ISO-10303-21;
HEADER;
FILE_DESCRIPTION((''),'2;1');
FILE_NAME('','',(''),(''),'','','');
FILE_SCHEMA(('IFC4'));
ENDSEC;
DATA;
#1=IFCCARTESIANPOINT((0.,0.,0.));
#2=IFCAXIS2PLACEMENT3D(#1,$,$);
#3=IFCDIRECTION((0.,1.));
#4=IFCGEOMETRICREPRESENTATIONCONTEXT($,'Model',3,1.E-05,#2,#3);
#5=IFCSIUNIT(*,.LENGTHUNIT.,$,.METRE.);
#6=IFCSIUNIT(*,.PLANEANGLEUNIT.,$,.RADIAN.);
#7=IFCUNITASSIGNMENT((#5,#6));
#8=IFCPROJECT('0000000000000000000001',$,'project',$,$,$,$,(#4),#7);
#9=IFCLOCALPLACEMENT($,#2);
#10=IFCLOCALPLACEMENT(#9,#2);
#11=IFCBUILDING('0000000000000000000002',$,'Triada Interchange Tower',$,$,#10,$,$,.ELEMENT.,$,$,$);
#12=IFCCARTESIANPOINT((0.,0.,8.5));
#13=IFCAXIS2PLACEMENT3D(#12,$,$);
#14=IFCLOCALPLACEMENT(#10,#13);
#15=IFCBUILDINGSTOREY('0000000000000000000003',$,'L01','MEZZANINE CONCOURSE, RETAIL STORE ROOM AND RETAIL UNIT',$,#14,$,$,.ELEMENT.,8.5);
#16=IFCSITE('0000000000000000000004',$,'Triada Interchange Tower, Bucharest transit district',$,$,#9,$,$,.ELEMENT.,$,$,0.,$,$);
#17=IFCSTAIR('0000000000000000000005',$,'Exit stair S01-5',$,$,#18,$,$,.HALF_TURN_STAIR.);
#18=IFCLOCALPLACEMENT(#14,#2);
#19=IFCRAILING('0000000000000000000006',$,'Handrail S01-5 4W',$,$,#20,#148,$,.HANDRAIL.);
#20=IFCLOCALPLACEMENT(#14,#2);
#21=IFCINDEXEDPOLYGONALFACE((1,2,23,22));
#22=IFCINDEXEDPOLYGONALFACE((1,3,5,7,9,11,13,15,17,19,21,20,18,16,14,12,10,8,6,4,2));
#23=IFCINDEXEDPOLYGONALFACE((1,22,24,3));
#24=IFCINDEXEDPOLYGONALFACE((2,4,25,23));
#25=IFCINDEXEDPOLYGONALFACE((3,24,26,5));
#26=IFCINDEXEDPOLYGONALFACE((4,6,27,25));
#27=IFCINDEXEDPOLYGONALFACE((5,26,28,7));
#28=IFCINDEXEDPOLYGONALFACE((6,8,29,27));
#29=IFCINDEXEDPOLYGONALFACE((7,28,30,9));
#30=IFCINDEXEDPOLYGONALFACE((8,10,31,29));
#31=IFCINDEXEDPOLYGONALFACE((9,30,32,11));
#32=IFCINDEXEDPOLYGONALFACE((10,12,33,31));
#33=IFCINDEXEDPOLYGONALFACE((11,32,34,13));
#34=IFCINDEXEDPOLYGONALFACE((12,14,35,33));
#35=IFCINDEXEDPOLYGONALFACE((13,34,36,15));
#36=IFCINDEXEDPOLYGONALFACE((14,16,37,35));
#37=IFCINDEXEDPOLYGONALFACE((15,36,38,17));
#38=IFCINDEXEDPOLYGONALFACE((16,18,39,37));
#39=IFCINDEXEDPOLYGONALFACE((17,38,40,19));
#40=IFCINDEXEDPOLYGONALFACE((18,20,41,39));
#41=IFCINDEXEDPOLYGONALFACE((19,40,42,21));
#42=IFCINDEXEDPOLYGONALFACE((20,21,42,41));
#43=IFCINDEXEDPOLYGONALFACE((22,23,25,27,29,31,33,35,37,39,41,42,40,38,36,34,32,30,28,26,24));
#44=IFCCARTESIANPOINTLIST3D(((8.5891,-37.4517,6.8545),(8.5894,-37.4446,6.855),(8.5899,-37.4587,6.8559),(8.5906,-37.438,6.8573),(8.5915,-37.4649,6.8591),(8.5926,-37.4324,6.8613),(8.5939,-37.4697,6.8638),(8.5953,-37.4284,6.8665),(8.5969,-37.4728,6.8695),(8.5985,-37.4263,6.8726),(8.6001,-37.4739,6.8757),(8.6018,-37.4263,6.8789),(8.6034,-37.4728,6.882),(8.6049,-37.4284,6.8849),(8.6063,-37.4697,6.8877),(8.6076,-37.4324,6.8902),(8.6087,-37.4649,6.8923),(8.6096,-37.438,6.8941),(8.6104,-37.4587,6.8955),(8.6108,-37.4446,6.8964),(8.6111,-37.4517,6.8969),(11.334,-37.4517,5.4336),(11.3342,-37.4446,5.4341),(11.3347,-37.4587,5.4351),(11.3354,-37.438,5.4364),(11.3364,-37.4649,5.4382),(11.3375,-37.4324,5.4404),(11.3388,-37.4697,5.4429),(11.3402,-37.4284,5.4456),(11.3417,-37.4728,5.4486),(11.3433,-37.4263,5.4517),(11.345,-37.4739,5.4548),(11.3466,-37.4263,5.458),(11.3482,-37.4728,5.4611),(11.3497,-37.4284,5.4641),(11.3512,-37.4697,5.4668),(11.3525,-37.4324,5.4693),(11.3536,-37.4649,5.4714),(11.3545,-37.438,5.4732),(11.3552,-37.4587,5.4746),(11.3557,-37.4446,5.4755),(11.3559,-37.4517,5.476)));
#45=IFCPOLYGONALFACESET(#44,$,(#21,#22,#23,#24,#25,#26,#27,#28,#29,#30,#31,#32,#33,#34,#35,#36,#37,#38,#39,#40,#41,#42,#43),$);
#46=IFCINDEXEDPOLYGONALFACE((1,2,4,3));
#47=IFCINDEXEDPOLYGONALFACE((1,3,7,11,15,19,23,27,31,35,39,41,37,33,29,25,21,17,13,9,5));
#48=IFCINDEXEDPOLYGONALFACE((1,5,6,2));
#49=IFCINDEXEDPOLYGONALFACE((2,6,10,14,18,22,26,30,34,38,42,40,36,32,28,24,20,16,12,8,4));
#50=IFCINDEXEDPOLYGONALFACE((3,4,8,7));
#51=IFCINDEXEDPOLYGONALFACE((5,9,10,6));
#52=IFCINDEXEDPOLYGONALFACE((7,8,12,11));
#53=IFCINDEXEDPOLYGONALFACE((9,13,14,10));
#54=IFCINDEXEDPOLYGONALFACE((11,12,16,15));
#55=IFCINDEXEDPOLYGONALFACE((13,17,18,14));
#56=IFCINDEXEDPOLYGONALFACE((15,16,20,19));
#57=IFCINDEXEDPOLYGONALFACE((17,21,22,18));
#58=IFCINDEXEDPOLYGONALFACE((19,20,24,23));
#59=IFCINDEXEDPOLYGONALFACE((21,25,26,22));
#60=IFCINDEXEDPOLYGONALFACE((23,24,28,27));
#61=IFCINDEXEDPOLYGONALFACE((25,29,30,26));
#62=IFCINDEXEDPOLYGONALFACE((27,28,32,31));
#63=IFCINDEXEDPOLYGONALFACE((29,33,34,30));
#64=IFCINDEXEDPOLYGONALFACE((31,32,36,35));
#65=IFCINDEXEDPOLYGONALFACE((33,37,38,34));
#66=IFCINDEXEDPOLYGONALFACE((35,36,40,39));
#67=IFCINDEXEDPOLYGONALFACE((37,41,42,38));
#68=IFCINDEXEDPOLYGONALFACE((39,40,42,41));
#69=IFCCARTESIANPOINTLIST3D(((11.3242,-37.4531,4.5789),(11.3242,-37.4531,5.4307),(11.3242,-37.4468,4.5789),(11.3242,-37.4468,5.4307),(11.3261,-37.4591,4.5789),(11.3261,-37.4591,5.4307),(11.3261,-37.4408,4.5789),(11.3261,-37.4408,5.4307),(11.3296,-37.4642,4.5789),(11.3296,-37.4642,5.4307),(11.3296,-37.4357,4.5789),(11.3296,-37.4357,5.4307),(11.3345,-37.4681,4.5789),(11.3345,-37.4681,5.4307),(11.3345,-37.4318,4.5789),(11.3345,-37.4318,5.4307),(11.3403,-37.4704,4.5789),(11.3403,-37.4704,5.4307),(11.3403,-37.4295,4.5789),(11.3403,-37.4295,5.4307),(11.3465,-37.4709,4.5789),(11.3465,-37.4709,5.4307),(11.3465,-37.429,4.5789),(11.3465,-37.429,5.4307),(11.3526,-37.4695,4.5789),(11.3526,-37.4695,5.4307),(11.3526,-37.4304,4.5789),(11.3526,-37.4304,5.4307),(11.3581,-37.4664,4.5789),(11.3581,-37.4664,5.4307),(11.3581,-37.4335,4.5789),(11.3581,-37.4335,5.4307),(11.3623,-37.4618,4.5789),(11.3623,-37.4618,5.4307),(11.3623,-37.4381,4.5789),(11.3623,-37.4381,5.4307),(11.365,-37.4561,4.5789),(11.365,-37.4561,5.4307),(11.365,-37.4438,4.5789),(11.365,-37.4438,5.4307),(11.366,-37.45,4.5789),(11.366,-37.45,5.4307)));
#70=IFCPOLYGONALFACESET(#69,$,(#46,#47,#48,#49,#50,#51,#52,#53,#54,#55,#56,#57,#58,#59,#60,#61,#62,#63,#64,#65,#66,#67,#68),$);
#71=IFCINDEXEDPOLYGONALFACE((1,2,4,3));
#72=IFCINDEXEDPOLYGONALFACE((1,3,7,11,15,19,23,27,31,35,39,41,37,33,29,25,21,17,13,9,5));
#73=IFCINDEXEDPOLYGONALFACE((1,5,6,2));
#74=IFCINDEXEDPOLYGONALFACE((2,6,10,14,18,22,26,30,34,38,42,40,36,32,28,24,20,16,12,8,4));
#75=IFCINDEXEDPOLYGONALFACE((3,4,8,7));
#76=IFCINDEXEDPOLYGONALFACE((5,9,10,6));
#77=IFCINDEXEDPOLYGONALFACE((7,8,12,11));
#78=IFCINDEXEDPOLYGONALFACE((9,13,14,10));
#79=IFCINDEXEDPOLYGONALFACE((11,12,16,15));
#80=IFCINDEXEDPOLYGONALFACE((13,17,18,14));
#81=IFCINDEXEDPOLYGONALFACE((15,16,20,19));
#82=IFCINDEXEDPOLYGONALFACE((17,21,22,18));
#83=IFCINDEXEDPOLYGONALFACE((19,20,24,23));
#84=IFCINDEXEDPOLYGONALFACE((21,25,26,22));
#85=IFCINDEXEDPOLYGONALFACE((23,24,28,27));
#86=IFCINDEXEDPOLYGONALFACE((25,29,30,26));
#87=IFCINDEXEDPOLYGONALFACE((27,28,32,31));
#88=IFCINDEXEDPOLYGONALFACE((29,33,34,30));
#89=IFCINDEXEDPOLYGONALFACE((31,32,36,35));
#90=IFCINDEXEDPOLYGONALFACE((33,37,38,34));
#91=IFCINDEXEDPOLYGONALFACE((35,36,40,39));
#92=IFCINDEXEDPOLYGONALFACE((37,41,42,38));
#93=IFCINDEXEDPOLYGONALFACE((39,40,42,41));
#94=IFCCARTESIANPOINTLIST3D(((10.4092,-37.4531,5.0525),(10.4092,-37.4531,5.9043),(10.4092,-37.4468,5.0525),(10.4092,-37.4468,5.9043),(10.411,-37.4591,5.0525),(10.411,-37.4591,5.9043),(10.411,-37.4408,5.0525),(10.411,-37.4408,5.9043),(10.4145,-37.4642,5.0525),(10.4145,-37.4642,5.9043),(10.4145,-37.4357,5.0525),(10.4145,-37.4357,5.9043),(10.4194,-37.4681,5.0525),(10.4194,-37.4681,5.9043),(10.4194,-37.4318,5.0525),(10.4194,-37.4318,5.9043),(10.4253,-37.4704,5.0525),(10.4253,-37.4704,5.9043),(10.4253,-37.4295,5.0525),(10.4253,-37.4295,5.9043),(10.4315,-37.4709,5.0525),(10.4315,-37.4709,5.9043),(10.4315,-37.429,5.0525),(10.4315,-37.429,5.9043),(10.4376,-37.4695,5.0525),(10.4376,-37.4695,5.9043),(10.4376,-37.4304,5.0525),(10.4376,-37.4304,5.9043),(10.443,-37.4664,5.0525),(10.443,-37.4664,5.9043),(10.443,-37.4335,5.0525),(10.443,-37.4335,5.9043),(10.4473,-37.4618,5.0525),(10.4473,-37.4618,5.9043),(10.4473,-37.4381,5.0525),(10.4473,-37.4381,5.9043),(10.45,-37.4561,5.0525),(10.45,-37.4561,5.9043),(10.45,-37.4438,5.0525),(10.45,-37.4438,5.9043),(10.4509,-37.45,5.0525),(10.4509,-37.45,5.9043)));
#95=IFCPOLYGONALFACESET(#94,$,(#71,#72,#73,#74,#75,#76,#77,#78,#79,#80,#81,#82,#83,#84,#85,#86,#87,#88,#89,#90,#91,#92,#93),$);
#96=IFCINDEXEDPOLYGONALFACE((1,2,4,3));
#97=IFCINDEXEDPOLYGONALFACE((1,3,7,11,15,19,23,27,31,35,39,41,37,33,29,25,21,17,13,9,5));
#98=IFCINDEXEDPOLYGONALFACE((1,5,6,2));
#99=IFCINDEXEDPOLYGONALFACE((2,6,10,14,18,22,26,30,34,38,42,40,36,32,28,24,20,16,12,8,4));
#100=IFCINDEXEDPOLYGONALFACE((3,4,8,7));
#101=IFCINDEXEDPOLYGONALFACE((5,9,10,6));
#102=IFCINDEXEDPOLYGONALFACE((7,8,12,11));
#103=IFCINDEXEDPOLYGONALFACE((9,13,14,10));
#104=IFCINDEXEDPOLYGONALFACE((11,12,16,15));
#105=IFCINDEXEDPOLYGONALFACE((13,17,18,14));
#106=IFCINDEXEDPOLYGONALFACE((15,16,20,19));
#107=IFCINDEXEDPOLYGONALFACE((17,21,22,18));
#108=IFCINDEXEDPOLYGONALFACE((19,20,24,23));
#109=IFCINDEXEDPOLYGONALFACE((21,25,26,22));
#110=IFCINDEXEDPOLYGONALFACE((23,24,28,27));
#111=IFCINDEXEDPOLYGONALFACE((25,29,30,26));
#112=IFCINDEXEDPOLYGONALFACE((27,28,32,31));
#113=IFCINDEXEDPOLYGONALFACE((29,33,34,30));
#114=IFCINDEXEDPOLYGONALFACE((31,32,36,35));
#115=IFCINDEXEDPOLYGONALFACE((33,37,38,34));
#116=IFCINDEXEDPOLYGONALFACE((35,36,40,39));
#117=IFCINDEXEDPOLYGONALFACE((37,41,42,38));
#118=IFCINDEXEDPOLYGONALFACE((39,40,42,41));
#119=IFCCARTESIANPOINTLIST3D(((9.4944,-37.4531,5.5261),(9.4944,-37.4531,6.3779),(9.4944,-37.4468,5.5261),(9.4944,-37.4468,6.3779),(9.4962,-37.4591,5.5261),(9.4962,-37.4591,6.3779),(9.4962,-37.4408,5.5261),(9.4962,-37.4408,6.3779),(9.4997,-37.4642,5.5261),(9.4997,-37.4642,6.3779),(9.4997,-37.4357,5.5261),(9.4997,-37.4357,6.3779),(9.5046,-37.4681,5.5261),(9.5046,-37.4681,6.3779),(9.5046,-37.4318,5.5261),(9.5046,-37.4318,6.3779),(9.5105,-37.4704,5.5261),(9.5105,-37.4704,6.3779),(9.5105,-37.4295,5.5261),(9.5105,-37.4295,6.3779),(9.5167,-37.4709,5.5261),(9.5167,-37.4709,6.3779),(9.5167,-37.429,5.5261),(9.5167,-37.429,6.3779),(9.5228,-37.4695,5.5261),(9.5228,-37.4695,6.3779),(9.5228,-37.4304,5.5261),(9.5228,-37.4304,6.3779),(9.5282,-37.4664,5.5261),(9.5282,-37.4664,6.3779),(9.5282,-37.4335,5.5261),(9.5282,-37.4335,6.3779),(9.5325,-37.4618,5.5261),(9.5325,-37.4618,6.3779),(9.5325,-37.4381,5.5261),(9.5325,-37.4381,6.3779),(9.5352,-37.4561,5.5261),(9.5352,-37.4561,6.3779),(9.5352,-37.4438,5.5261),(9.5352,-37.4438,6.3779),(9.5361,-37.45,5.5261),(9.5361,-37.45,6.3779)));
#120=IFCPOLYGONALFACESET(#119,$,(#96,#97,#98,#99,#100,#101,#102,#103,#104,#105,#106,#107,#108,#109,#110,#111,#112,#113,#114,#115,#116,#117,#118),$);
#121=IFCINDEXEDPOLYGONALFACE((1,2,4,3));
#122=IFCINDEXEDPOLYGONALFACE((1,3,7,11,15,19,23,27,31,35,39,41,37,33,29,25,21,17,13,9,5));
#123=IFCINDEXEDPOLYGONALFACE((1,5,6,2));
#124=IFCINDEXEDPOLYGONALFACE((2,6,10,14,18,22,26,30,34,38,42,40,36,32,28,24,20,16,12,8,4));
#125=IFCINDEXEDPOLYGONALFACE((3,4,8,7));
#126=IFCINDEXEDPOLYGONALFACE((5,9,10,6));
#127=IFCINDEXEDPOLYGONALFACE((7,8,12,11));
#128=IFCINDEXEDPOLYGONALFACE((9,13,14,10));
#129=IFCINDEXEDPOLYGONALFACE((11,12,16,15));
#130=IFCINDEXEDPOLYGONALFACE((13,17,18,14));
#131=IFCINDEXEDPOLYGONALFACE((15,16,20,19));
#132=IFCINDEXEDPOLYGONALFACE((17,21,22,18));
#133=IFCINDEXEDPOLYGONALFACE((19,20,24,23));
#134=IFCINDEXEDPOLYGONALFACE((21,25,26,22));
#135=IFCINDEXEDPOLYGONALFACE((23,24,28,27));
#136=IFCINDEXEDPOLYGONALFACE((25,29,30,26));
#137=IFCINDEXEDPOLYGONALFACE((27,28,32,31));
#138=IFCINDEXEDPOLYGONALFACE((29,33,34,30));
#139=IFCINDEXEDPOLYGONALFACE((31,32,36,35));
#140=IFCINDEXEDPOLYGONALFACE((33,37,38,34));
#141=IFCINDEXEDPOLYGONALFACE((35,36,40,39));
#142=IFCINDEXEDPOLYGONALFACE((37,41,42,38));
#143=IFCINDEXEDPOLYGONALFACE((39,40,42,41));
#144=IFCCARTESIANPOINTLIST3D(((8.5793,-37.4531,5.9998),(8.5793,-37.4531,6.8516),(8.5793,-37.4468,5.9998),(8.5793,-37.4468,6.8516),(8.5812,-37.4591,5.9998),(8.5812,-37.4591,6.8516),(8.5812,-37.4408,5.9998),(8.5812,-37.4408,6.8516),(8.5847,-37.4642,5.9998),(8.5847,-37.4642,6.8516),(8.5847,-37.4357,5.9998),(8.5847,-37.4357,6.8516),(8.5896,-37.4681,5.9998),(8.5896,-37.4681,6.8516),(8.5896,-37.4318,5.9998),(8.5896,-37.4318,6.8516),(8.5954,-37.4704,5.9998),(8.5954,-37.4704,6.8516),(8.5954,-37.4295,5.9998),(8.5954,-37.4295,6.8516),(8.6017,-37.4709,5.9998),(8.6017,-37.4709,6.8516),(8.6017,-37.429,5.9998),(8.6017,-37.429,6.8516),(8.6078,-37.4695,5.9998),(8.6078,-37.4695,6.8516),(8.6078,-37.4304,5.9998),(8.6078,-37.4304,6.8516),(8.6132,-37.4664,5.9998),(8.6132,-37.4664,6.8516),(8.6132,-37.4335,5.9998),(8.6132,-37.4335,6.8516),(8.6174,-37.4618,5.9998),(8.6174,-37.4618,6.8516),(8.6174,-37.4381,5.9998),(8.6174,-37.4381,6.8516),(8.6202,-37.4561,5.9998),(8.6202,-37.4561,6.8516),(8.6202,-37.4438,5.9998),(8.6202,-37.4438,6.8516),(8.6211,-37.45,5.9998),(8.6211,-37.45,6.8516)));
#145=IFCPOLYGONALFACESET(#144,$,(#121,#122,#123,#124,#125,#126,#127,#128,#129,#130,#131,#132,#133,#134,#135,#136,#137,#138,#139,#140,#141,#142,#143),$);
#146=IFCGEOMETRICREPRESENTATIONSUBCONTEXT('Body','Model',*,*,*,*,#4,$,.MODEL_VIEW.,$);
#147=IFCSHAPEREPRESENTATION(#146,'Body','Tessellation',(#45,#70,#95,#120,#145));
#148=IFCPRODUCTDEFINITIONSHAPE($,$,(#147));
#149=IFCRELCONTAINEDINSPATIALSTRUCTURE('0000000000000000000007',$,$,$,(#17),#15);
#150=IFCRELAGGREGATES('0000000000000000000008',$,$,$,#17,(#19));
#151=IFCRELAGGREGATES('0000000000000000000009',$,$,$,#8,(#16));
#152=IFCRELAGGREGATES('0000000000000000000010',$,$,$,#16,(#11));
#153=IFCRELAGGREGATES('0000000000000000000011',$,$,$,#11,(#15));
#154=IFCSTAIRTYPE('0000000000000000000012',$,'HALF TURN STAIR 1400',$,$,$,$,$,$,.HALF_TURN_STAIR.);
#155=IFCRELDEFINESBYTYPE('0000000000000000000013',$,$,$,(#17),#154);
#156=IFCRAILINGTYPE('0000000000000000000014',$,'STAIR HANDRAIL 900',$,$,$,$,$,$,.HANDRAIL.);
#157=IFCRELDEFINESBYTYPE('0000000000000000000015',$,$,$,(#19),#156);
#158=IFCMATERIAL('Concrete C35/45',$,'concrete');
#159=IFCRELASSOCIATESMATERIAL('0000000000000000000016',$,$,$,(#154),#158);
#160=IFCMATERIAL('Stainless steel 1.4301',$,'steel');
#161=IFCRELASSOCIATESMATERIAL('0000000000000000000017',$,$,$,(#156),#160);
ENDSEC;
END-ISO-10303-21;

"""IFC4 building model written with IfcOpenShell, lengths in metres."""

from ifc_helpers import new_model, si_unit, direction, frame, origin, origin_2d, place, context, subcontext, project, spatial, circle, extrude, material, type_object, element, aggregate, save


model = new_model("IFC4")

# Units and contexts
model_context = context("Model", 3, precision=1e-05, world=origin(), true_north=direction((0.0, 1.0)))
body_context = subcontext(model_context, "Body", "Model", "MODEL_VIEW")
ifc_project = project(units=[si_unit("LENGTHUNIT", "METRE"), si_unit("PLANEANGLEUNIT", "RADIAN")], contexts=[model_context])

# Site, building, storey
site_placement = place(None, origin())
site = spatial("IfcSite", under=ifc_project, at=site_placement, Name="Triada Interchange Tower, Bucharest transit district", CompositionType="ELEMENT", RefElevation=0.0)
building_placement = place(site_placement, origin())
building = spatial("IfcBuilding", under=site, at=building_placement, Name="Triada Interchange Tower", CompositionType="ELEMENT")
storey_placement = place(building_placement, frame((0.0, 0.0, 8.5)))
storey = spatial("IfcBuildingStorey", under=building, at=storey_placement, Name="L01", Description="MEZZANINE CONCOURSE, RETAIL STORE ROOM AND RETAIL UNIT", CompositionType="ELEMENT", Elevation=8.5)

# Stair, railing
ifc_material_1 = material(Name="Concrete C35/45", Category="concrete")
stair_type = type_object("IfcStairType", Name="HALF TURN STAIR 1400", PredefinedType="HALF_TURN_STAIR", material=ifc_material_1)
stair_placement = place(storey_placement, origin())
stair = element("IfcStair", 1, at=stair_placement, inside=storey, type_object=stair_type, Name="Exit stair S01-5", PredefinedType="HALF_TURN_STAIR")
ifc_material_2 = material(Name="Stainless steel 1.4301", Category="steel")
railing_type = type_object("IfcRailingType", Name="STAIR HANDRAIL 900", PredefinedType="HANDRAIL", material=ifc_material_2)
railing_1_placement = place(storey_placement, frame((11.345, -37.45, 4.5789)))
railing_1 = element("IfcRailing", 2, at=railing_1_placement, type_object=railing_type, Name="Handrail S01-5 4W", PredefinedType="HANDRAIL", context=body_context, shape_type="SweptSolid", body=[
    extrude(circle(Radius=0.0239, at=origin_2d()), frame((0.0, 0.0, 0.876), z_axis=(-0.888068, 0.0, 0.459713), x_axis=(0.0, -1.0, 0.0)), (0.0, 0.0, 1.0), 3.0908),
    extrude(circle(Radius=0.021, at=origin_2d()), origin(), (0.0, 0.0, 1.0), 0.8518),
    extrude(circle(Radius=0.021, at=origin_2d()), frame((-0.915, 0.0, 0.4736)), (0.0, 0.0, 1.0), 0.8518),
    extrude(circle(Radius=0.021, at=origin_2d()), frame((-1.8298, 0.0, 0.9473)), (0.0, 0.0, 1.0), 0.8518),
    extrude(circle(Radius=0.021, at=origin_2d()), frame((-2.7449, 0.0, 1.4209)), (0.0, 0.0, 1.0), 0.8518),
])
aggregate(stair, [railing_1])

save(model, "model.ifc")
